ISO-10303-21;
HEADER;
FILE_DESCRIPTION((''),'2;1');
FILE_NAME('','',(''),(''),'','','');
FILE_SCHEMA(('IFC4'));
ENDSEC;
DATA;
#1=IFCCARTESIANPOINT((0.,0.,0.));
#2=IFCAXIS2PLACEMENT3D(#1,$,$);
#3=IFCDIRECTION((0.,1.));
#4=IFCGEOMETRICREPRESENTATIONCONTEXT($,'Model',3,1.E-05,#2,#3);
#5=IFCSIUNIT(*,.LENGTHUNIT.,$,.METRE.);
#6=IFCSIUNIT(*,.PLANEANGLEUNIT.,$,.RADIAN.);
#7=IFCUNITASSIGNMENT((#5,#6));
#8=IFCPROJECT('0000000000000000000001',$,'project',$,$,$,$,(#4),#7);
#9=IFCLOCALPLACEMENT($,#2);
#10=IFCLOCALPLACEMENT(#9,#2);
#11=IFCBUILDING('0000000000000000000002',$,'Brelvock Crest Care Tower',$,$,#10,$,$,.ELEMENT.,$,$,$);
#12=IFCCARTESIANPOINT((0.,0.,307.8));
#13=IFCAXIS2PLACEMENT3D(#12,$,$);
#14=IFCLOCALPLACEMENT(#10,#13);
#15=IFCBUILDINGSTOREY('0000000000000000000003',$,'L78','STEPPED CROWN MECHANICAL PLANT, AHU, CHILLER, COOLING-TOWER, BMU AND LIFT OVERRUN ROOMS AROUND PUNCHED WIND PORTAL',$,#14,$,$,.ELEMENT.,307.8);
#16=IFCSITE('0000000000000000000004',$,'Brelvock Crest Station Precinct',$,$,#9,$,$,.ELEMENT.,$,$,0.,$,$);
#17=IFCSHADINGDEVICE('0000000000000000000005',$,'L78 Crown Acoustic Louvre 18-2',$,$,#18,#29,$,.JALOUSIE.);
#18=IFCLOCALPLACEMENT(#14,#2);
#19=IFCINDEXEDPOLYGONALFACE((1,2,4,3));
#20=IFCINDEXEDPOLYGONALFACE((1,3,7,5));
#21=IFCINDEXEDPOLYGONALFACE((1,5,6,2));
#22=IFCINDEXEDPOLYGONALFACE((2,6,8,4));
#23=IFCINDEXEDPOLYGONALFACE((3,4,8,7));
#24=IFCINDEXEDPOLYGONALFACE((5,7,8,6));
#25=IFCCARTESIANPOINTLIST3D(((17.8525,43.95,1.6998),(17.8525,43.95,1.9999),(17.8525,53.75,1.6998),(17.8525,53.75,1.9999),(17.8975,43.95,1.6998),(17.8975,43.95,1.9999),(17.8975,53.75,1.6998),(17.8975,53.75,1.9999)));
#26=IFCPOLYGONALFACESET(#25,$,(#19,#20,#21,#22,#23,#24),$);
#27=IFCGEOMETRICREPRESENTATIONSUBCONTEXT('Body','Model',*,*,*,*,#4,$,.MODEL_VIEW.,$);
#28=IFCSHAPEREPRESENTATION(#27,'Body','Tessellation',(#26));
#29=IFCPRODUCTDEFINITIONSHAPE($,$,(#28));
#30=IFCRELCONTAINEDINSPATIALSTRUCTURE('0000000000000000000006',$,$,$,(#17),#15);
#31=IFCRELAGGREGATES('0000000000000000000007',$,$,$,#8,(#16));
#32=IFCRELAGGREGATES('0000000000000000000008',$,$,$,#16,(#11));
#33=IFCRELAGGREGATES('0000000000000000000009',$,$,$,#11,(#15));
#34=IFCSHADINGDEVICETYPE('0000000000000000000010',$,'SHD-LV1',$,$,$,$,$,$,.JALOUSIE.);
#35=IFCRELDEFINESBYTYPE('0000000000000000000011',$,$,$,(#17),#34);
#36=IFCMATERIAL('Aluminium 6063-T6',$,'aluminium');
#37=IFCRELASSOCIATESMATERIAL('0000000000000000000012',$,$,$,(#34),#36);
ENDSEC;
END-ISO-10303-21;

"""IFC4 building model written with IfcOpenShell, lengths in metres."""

from ifc_helpers import new_model, si_unit, direction, frame, origin, origin_2d, place, context, subcontext, project, spatial, rectangle, extrude, source, transform, mapped, material, material_profile, profile_set, type_object, element, save


model = new_model("IFC4")

# Units and contexts
model_context = context("Model", 3, precision=1e-05, world=origin(), true_north=direction((0.0, 1.0)))
body_context = subcontext(model_context, "Body", "Model", "MODEL_VIEW")
ifc_project = project(units=[si_unit("LENGTHUNIT", "METRE"), si_unit("PLANEANGLEUNIT", "RADIAN")], contexts=[model_context])

# Site, building, storey
site_placement = place(None, origin())
site = spatial("IfcSite", under=ifc_project, at=site_placement, Name="Brelvock Crest Station Precinct", CompositionType="ELEMENT", RefElevation=0.0)
building_placement = place(site_placement, origin())
building = spatial("IfcBuilding", under=site, at=building_placement, Name="Brelvock Crest Care Tower", CompositionType="ELEMENT")
storey_placement = place(building_placement, frame((0.0, 0.0, 307.8)))
storey = spatial("IfcBuildingStorey", under=building, at=storey_placement, Name="L78", Description="STEPPED CROWN MECHANICAL PLANT, AHU, CHILLER, COOLING-TOWER, BMU AND LIFT OVERRUN ROOMS AROUND PUNCHED WIND PORTAL", CompositionType="ELEMENT", Elevation=307.8)

# Shading device
ifc_material_1 = material(Name="Aluminium 6063-T6", Category="aluminium")
ifc_material_profile_1 = material_profile(ifc_material_1, rectangle(XDim=0.0449, YDim=0.3, at=origin_2d()), Name="LOUVRE45x300")
ifc_profile_set_1 = profile_set([ifc_material_profile_1], Name="Aluminium 6063-T6")
shading_device_type = type_object("IfcShadingDeviceType", Name="SHD-LV1", PredefinedType="JALOUSIE", material=ifc_profile_set_1)
shared_shape_1 = source(origin(), body_context, "Body", "SweptSolid", [
    extrude(rectangle(XDim=0.0449, YDim=0.3, at=origin_2d()), origin(), (0.0, 0.0, 1.0), 9.8),
])
for number, where, z_axis, x_axis, name in (
    (1, (17.875, 43.95, 1.8499), (0.0, 1.0, 0.0), (-1.0, 0.0, 0.0), "L78 Crown Acoustic Louvre 18-2"),
):
    element("IfcShadingDevice", number, at=place(storey_placement, frame(where, z_axis=z_axis, x_axis=x_axis)), inside=storey, type_object=shading_device_type, Name=name, PredefinedType="JALOUSIE", context=body_context, shape_type="MappedRepresentation", body=[
        mapped(shared_shape_1, transform((0.0, 0.0, 0.0), x_axis=(1.0, 0.0, 0.0), y_axis=(0.0, 1.0, 0.0), z_axis=(0.0, 0.0, 1.0), scale=1.0)),
    ])

save(model, "model.ifc")
